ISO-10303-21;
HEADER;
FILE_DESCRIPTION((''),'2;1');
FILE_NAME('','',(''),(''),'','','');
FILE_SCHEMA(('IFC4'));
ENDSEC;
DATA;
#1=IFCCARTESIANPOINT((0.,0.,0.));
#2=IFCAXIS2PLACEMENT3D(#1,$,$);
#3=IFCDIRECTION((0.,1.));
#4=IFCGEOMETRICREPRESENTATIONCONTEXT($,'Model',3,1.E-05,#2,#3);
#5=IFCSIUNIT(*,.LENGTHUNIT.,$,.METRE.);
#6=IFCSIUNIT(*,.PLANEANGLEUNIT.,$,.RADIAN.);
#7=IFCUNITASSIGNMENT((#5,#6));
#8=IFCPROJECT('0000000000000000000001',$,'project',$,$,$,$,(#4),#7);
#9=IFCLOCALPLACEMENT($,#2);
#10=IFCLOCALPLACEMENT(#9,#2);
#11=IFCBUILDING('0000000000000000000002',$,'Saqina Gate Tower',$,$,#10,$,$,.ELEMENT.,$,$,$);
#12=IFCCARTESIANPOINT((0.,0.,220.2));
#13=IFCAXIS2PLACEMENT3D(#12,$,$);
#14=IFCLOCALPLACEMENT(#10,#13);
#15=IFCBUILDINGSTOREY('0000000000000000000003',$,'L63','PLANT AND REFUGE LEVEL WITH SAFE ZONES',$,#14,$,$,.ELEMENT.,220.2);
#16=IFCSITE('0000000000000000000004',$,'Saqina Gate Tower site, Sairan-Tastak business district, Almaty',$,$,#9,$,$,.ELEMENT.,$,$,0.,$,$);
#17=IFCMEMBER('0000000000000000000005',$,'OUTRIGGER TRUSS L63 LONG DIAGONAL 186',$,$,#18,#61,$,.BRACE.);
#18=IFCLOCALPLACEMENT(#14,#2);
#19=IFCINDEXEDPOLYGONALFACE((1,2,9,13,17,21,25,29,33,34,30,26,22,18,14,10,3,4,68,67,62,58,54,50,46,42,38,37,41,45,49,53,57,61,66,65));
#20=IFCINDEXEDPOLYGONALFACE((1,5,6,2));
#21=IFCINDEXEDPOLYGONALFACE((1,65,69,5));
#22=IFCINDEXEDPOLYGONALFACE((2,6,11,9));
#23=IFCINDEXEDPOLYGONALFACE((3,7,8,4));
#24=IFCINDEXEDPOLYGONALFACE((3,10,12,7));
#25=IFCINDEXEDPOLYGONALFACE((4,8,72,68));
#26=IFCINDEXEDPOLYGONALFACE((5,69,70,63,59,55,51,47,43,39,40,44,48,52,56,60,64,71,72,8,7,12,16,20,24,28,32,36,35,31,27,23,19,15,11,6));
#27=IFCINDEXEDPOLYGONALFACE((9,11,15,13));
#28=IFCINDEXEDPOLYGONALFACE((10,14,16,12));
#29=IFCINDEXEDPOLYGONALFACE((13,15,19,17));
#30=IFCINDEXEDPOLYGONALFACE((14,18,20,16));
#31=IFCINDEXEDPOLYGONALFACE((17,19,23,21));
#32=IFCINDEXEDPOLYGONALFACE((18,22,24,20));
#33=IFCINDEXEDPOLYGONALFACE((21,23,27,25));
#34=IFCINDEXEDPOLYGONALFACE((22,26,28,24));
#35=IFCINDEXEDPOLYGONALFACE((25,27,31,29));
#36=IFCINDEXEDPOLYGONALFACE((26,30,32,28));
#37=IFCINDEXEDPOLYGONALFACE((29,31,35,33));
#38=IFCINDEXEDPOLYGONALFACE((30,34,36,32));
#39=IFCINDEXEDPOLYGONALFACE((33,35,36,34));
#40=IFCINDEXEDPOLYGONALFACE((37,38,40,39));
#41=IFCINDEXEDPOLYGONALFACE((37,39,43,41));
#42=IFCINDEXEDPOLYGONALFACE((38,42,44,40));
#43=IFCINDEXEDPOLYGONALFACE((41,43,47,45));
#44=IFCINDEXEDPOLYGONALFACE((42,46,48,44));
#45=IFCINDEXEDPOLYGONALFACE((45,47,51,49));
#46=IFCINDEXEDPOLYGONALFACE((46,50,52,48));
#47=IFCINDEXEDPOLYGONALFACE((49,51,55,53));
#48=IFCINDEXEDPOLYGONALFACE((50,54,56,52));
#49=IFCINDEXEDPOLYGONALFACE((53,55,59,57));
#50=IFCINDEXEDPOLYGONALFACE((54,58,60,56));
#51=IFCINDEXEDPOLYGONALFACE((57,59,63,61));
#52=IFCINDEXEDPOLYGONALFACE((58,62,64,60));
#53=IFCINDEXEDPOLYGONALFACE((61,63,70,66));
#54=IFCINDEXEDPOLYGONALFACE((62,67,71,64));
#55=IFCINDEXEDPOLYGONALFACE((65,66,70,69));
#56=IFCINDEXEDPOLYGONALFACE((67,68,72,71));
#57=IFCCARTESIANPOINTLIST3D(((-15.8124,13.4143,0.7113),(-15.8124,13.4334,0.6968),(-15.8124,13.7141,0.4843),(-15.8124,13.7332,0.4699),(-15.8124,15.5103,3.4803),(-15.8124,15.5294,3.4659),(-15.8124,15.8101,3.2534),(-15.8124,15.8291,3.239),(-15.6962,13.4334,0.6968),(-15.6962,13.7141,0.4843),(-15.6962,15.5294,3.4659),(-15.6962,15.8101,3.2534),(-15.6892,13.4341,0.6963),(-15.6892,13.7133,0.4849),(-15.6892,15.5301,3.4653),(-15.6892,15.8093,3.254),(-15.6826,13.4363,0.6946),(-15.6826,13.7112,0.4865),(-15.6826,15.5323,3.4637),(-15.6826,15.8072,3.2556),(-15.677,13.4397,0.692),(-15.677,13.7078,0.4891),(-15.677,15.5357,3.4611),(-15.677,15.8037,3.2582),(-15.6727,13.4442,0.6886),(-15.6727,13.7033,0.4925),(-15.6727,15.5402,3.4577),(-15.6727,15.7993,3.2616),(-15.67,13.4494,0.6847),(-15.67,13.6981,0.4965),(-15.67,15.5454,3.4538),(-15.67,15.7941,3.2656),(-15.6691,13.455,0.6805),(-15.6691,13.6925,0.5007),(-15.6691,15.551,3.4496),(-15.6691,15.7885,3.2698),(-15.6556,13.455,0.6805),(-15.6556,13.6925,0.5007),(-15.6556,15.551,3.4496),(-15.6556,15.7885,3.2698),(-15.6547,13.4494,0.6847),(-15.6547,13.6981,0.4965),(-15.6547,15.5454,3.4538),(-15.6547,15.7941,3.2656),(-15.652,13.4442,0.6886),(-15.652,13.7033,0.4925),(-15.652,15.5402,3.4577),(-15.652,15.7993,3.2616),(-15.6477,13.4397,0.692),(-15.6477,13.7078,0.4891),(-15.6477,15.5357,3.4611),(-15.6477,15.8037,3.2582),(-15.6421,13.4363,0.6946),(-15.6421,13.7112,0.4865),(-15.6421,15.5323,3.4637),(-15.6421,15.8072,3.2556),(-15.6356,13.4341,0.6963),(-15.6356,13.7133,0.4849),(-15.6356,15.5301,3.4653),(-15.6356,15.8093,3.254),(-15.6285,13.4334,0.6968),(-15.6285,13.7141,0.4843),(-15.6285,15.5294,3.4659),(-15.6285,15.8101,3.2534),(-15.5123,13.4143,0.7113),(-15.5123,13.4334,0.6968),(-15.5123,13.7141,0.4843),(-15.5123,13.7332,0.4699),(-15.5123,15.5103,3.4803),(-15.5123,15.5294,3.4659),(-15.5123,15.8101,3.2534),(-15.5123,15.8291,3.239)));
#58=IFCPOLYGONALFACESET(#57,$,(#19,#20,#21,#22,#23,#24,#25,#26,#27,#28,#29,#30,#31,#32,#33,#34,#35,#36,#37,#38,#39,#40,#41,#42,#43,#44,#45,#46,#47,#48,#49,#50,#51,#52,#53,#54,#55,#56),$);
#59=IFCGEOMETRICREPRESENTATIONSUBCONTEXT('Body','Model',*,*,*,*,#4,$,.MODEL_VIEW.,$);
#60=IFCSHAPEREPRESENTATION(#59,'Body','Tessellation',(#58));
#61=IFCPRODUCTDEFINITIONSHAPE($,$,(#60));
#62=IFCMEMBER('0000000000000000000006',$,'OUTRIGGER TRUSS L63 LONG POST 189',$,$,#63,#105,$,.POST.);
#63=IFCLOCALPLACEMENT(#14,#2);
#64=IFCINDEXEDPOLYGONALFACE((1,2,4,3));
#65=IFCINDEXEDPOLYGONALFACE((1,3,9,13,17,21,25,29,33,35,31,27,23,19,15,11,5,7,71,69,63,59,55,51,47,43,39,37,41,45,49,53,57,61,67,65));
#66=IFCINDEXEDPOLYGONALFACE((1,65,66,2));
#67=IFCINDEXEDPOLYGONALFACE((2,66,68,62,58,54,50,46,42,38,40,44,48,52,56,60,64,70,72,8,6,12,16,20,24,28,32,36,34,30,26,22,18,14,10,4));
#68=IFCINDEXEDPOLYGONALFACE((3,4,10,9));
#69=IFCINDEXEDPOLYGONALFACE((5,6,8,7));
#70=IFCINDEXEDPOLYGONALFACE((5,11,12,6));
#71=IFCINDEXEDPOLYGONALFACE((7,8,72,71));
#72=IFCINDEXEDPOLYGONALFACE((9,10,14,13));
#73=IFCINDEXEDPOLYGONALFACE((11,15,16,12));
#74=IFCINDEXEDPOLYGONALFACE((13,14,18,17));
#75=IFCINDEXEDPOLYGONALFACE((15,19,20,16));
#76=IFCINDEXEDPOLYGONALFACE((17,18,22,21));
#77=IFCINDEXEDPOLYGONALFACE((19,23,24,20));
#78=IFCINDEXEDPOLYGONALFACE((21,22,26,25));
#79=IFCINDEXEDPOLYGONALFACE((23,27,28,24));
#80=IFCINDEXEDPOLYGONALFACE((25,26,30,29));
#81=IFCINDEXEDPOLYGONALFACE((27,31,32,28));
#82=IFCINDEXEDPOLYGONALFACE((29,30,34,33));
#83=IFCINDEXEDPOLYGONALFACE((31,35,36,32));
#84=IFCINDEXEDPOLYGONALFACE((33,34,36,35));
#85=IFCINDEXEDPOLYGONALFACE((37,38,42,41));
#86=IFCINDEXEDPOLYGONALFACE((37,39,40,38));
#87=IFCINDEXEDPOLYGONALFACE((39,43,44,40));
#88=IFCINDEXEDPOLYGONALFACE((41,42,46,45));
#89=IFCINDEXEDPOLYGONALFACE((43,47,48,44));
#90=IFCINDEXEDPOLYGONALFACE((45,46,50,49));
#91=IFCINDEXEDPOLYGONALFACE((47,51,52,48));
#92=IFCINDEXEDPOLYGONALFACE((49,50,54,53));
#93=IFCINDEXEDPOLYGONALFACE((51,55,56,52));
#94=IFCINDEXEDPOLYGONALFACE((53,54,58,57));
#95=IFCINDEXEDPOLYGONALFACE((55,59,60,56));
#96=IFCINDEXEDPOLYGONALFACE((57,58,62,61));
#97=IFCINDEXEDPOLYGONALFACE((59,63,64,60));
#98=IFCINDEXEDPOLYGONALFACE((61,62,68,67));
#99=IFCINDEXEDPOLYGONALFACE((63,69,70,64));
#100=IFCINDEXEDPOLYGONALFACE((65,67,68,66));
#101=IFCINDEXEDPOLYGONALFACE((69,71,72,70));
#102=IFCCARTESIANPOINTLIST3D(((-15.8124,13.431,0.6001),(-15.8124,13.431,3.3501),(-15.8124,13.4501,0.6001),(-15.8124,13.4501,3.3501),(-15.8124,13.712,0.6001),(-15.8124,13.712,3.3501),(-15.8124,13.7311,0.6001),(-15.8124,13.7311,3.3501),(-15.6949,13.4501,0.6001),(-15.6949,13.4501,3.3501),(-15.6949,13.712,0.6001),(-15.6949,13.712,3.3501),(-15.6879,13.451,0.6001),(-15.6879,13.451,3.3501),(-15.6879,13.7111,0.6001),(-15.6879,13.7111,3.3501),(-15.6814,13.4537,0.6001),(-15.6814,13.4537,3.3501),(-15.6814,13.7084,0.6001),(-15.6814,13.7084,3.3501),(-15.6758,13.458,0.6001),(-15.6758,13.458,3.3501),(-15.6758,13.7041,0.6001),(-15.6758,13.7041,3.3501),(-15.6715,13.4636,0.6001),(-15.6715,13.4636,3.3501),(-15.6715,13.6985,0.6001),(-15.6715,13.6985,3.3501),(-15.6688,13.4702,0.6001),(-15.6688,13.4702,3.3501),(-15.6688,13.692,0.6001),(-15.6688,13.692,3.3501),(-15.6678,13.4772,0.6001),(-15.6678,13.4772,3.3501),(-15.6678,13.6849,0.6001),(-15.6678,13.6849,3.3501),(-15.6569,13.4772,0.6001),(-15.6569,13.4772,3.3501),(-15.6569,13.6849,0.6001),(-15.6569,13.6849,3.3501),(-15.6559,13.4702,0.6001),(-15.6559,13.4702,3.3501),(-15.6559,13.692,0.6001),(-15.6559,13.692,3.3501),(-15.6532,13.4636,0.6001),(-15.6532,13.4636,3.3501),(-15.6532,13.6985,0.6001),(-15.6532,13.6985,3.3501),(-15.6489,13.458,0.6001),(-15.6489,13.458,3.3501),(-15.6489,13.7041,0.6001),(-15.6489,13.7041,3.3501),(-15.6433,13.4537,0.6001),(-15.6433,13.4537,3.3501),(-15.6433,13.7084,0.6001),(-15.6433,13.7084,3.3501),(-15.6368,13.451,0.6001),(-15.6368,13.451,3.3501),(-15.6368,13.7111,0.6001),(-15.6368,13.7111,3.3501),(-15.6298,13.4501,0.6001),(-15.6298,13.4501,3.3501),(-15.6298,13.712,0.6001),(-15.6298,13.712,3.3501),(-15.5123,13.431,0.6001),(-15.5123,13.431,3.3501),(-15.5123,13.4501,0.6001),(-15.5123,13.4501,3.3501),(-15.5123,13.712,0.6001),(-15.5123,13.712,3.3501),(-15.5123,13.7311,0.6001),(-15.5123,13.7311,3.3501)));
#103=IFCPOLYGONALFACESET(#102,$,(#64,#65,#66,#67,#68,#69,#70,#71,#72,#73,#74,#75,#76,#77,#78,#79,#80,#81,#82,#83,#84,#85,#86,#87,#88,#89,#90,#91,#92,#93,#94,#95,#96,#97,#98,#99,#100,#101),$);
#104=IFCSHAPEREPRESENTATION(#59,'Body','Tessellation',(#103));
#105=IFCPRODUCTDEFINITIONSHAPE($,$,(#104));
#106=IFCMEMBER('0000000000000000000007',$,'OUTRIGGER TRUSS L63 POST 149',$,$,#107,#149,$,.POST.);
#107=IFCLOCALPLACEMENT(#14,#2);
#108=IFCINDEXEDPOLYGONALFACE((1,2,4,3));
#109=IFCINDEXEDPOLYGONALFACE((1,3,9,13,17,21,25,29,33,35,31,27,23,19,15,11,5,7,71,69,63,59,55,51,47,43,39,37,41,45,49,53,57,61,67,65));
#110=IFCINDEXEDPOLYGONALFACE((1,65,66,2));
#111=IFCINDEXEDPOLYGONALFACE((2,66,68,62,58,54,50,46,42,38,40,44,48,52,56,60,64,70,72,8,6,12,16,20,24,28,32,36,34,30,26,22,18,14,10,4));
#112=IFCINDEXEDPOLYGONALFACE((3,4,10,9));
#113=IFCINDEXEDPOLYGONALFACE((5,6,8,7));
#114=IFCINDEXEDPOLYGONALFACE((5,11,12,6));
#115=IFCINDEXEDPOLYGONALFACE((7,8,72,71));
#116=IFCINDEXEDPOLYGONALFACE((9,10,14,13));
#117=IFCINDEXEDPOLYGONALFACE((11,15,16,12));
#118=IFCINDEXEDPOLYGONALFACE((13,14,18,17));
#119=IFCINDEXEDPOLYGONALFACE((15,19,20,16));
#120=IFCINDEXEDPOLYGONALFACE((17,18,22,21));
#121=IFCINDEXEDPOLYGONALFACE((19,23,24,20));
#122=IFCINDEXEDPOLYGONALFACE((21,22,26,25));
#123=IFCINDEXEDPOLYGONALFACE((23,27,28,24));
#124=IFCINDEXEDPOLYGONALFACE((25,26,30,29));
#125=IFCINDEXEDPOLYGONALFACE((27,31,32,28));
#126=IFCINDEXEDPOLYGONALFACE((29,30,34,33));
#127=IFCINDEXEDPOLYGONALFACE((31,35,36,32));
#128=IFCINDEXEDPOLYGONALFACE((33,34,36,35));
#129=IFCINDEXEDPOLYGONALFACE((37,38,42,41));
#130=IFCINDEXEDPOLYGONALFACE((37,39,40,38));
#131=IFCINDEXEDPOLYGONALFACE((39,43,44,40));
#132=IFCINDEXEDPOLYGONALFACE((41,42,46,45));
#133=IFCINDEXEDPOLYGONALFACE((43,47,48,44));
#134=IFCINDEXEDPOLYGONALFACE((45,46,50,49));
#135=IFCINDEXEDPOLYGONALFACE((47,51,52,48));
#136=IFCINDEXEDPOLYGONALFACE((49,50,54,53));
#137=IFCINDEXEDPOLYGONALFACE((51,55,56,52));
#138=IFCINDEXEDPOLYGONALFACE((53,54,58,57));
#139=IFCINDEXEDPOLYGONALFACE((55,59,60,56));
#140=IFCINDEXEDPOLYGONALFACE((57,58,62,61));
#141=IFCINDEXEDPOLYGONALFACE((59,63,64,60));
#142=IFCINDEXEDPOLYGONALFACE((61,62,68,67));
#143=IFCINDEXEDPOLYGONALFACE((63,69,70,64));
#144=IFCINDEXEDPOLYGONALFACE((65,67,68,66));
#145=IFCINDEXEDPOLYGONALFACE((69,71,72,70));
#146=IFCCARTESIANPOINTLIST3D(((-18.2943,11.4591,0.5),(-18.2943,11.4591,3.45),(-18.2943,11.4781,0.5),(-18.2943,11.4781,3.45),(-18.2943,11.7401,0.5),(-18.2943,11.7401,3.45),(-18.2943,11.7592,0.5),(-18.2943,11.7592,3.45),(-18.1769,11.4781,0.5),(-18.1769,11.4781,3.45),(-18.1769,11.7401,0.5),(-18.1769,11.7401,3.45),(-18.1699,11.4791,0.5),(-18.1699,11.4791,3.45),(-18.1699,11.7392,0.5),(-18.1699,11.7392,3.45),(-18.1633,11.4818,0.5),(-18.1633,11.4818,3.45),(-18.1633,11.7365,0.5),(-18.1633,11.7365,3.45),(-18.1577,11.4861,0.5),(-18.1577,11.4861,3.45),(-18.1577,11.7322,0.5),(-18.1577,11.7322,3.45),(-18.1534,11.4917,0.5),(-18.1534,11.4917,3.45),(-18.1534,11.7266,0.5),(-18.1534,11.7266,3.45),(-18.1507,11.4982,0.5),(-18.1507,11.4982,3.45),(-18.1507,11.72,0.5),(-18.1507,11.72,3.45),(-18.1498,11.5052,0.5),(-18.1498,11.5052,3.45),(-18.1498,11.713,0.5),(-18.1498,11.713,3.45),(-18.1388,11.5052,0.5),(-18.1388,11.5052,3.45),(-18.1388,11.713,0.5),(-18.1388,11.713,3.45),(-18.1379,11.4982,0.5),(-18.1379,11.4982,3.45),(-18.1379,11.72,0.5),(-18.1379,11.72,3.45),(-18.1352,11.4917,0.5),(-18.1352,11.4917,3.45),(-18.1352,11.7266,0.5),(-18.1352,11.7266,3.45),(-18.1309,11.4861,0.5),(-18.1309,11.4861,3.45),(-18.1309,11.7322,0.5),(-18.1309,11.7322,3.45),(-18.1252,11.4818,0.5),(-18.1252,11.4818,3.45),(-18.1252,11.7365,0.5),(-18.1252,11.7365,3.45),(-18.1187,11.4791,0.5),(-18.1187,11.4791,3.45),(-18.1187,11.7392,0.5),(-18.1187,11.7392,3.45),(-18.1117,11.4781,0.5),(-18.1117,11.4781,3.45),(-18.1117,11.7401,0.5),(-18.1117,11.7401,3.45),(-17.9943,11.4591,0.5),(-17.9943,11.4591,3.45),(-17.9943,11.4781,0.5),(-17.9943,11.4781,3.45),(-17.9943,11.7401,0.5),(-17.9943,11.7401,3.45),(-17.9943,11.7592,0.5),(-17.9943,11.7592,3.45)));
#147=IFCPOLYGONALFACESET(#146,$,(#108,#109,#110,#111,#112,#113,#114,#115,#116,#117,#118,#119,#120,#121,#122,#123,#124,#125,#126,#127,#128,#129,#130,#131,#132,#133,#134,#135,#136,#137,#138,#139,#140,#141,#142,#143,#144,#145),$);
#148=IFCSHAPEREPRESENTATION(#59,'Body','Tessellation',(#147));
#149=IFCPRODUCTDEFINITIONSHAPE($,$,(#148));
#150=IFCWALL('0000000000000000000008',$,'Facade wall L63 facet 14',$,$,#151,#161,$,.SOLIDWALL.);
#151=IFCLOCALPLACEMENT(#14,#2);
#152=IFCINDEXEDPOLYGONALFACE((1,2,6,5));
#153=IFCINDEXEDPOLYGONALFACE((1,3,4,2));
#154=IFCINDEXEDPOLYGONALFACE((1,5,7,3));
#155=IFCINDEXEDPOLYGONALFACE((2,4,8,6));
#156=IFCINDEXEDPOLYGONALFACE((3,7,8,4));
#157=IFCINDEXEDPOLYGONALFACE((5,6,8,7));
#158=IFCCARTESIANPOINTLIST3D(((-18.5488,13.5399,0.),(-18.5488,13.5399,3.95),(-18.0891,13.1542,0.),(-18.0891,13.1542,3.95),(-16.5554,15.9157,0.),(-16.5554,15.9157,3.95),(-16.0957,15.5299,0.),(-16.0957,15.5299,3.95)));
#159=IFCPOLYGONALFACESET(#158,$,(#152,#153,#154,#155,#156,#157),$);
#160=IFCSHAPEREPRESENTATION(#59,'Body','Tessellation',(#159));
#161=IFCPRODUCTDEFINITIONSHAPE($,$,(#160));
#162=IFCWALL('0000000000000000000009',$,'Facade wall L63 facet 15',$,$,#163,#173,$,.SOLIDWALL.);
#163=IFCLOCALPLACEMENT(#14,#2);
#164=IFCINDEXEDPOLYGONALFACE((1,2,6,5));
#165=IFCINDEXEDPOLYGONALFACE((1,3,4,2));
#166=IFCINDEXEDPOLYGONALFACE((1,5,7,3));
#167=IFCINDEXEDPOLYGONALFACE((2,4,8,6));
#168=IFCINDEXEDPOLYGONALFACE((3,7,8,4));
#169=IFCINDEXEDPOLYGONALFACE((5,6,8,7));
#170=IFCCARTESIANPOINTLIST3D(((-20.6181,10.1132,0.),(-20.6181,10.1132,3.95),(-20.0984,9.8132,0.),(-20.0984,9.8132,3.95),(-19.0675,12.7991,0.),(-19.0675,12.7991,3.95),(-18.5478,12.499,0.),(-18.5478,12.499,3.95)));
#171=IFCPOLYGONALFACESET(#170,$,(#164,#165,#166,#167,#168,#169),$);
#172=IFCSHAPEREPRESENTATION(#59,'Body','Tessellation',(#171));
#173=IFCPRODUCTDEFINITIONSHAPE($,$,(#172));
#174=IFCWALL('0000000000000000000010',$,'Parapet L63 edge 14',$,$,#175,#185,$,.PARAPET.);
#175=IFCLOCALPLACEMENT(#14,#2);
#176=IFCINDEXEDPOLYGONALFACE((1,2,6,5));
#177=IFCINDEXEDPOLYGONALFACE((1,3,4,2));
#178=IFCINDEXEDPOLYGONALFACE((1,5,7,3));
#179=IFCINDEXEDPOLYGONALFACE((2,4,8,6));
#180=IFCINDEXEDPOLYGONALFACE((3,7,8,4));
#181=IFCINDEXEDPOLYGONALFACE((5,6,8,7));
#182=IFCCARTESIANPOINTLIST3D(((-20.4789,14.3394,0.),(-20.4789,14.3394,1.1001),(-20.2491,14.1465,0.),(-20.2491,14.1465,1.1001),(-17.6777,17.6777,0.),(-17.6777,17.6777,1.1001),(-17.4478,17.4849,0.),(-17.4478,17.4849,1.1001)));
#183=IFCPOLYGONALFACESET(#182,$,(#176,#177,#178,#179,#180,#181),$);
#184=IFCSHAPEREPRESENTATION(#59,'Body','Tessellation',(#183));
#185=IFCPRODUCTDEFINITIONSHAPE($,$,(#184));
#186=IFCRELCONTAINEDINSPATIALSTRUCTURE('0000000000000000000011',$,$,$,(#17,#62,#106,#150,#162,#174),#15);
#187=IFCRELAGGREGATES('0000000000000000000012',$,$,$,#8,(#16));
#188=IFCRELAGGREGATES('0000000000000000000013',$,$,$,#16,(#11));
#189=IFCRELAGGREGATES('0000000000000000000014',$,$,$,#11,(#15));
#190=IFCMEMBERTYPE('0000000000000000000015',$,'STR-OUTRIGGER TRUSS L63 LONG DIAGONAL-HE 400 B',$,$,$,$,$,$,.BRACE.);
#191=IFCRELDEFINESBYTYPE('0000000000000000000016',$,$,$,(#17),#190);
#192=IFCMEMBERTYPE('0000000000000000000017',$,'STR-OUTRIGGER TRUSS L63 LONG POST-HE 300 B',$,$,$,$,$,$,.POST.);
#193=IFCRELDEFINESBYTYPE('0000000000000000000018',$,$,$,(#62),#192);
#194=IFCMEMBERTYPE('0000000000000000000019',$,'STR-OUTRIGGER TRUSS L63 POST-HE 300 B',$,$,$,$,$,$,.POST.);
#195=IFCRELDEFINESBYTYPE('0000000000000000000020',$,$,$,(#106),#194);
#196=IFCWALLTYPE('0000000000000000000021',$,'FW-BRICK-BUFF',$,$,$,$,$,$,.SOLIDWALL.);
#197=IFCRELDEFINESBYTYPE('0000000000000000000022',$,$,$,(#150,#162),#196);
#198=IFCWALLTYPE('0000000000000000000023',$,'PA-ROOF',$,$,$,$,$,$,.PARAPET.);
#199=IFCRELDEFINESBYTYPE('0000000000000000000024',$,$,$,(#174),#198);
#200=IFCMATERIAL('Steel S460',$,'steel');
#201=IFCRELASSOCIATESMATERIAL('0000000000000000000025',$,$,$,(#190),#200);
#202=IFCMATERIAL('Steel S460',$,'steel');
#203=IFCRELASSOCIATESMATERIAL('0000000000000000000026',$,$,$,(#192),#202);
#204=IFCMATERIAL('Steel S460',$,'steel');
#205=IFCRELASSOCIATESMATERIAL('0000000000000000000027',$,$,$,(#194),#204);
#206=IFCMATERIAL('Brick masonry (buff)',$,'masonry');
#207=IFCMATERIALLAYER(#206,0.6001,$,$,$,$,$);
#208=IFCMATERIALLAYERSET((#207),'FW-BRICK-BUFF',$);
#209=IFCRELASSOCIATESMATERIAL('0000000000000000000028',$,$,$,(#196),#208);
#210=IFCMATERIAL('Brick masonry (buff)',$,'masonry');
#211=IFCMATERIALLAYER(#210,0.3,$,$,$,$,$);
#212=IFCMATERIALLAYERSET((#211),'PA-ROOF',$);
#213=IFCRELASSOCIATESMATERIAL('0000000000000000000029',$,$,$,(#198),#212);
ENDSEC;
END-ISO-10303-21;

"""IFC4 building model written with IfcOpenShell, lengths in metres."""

from ifc_helpers import new_model, si_unit, direction, frame, frame_2d, origin, origin_2d, place, context, subcontext, project, spatial, rectangle, i_section, extrude, material, layer, layer_set, material_profile, profile_set, type_object, element, save


model = new_model("IFC4")

# Units and contexts
model_context = context("Model", 3, precision=1e-05, world=origin(), true_north=direction((0.0, 1.0)))
body_context = subcontext(model_context, "Body", "Model", "MODEL_VIEW")
ifc_project = project(units=[si_unit("LENGTHUNIT", "METRE"), si_unit("PLANEANGLEUNIT", "RADIAN")], contexts=[model_context])

# Site, building, storey
site_placement = place(None, origin())
site = spatial("IfcSite", under=ifc_project, at=site_placement, Name="Saqina Gate Tower site, Sairan-Tastak business district, Almaty", CompositionType="ELEMENT", RefElevation=0.0)
building_placement = place(site_placement, origin())
building = spatial("IfcBuilding", under=site, at=building_placement, Name="Saqina Gate Tower", CompositionType="ELEMENT")
storey_placement = place(building_placement, frame((0.0, 0.0, 220.2)))
storey = spatial("IfcBuildingStorey", under=building, at=storey_placement, Name="L63", Description="PLANT AND REFUGE LEVEL WITH SAFE ZONES", CompositionType="ELEMENT", Elevation=220.2)

# Members
ifc_material_1 = material(Name="Steel S460", Category="steel")
ifc_material_profile_1 = material_profile(ifc_material_1, i_section(OverallWidth=0.3, OverallDepth=0.3999, WebThickness=0.0134, FlangeThickness=0.0239, FilletRadius=0.0271, at=origin_2d()), Name="HE 400 B")
ifc_profile_set_1 = profile_set([ifc_material_profile_1], Name="Steel S460")
member_type_1 = type_object("IfcMemberType", Name="STR-OUTRIGGER TRUSS L63 LONG DIAGONAL-HE 400 B", PredefinedType="BRACE", material=ifc_profile_set_1)
member_1_placement = place(storey_placement, frame((-15.6624, 13.5737, 0.5906), z_axis=(0.0, 0.603526, 0.797343), x_axis=(-1.0, 0.0, 0.0)))
element("IfcMember", 1, at=member_1_placement, inside=storey, type_object=member_type_1, Name="OUTRIGGER TRUSS L63 LONG DIAGONAL 186", PredefinedType="BRACE", context=body_context, shape_type="SweptSolid", body=[
    extrude(i_section(OverallWidth=0.3, OverallDepth=0.3999, WebThickness=0.0134, FlangeThickness=0.0239, FilletRadius=0.0271, at=origin_2d()), origin(), (0.0, 0.0, 1.0), 3.4729),
])
ifc_material_2 = material(Name="Steel S460", Category="steel")
ifc_material_profile_2 = material_profile(ifc_material_2, i_section(OverallWidth=0.3, OverallDepth=0.3, WebThickness=0.011, FlangeThickness=0.019, FilletRadius=0.0271, at=origin_2d()), Name="HE 300 B")
ifc_profile_set_2 = profile_set([ifc_material_profile_2], Name="Steel S460")
member_type_2 = type_object("IfcMemberType", Name="STR-OUTRIGGER TRUSS L63 LONG POST-HE 300 B", PredefinedType="POST", material=ifc_profile_set_2)
member_2_placement = place(storey_placement, frame((-15.6624, 13.5811, 0.6001), z_axis=(0.0, 0.0, 1.0), x_axis=(1.0, 0.0, 0.0)))
element("IfcMember", 2, at=member_2_placement, inside=storey, type_object=member_type_2, Name="OUTRIGGER TRUSS L63 LONG POST 189", PredefinedType="POST", context=body_context, shape_type="SweptSolid", body=[
    extrude(i_section(OverallWidth=0.3, OverallDepth=0.3, WebThickness=0.011, FlangeThickness=0.019, FilletRadius=0.0271, at=origin_2d()), origin(), (0.0, 0.0, 1.0), 2.75),
])
ifc_material_3 = material(Name="Steel S460", Category="steel")
ifc_material_profile_3 = material_profile(ifc_material_3, i_section(OverallWidth=0.3, OverallDepth=0.3, WebThickness=0.011, FlangeThickness=0.019, FilletRadius=0.0271, at=origin_2d()), Name="HE 300 B")
ifc_profile_set_3 = profile_set([ifc_material_profile_3], Name="Steel S460")
member_type_3 = type_object("IfcMemberType", Name="STR-OUTRIGGER TRUSS L63 POST-HE 300 B", PredefinedType="POST", material=ifc_profile_set_3)
member_3_placement = place(storey_placement, frame((-18.1443, 11.6091, 0.5), z_axis=(0.0, 0.0, 1.0), x_axis=(1.0, 0.0, 0.0)))
element("IfcMember", 3, at=member_3_placement, inside=storey, type_object=member_type_3, Name="OUTRIGGER TRUSS L63 POST 149", PredefinedType="POST", context=body_context, shape_type="SweptSolid", body=[
    extrude(i_section(OverallWidth=0.3, OverallDepth=0.3, WebThickness=0.011, FlangeThickness=0.019, FilletRadius=0.0271, at=origin_2d()), origin(), (0.0, 0.0, 1.0), 2.95),
])

# Walls
ifc_material_4 = material(Name="Brick masonry (buff)", Category="masonry")
ifc_layer_1 = layer(ifc_material_4, 0.6001)
ifc_layer_set_1 = layer_set([ifc_layer_1], Name="FW-BRICK-BUFF")
wall_type_1 = type_object("IfcWallType", Name="FW-BRICK-BUFF", PredefinedType="SOLIDWALL", material=ifc_layer_set_1)
for number, where, z_axis, x_axis, name in (
    (4, (-16.3254, 15.7229, 0.0), (0.0, 0.0, 1.0), (-0.642775, -0.766055, 0.0), "Facade wall L63 facet 14"),
    (5, (-18.8076, 12.6492, 0.0), (0.0, 0.0, 1.0), (-0.499975, -0.86604, 0.0), "Facade wall L63 facet 15"),
):
    element("IfcWall", number, at=place(storey_placement, frame(where, z_axis=z_axis, x_axis=x_axis)), inside=storey, type_object=wall_type_1, Name=name, PredefinedType="SOLIDWALL", context=body_context, shape_type="SweptSolid", body=[
        extrude(rectangle(XDim=3.1013, YDim=0.6001, at=frame_2d((1.5508, 0.0))), origin(), (0.0, 0.0, 1.0), 3.95),
    ])
ifc_material_5 = material(Name="Brick masonry (buff)", Category="masonry")
ifc_layer_2 = layer(ifc_material_5, 0.3)
ifc_layer_set_2 = layer_set([ifc_layer_2], Name="PA-ROOF")
wall_type_2 = type_object("IfcWallType", Name="PA-ROOF", PredefinedType="PARAPET", material=ifc_layer_set_2)
for number, where, z_axis, x_axis, name in (
    (6, (-17.5627, 17.5813, 0.0), (0.0, 0.0, 1.0), (-0.642793, -0.76604, 0.0), "Parapet L63 edge 14"),
):
    element("IfcWall", number, at=place(storey_placement, frame(where, z_axis=z_axis, x_axis=x_axis)), inside=storey, type_object=wall_type_2, Name=name, PredefinedType="PARAPET", context=body_context, shape_type="SweptSolid", body=[
        extrude(rectangle(XDim=4.3579, YDim=0.3, at=frame_2d((2.179, 0.0))), origin(), (0.0, 0.0, 1.0), 1.1001),
    ])

save(model, "model.ifc")
